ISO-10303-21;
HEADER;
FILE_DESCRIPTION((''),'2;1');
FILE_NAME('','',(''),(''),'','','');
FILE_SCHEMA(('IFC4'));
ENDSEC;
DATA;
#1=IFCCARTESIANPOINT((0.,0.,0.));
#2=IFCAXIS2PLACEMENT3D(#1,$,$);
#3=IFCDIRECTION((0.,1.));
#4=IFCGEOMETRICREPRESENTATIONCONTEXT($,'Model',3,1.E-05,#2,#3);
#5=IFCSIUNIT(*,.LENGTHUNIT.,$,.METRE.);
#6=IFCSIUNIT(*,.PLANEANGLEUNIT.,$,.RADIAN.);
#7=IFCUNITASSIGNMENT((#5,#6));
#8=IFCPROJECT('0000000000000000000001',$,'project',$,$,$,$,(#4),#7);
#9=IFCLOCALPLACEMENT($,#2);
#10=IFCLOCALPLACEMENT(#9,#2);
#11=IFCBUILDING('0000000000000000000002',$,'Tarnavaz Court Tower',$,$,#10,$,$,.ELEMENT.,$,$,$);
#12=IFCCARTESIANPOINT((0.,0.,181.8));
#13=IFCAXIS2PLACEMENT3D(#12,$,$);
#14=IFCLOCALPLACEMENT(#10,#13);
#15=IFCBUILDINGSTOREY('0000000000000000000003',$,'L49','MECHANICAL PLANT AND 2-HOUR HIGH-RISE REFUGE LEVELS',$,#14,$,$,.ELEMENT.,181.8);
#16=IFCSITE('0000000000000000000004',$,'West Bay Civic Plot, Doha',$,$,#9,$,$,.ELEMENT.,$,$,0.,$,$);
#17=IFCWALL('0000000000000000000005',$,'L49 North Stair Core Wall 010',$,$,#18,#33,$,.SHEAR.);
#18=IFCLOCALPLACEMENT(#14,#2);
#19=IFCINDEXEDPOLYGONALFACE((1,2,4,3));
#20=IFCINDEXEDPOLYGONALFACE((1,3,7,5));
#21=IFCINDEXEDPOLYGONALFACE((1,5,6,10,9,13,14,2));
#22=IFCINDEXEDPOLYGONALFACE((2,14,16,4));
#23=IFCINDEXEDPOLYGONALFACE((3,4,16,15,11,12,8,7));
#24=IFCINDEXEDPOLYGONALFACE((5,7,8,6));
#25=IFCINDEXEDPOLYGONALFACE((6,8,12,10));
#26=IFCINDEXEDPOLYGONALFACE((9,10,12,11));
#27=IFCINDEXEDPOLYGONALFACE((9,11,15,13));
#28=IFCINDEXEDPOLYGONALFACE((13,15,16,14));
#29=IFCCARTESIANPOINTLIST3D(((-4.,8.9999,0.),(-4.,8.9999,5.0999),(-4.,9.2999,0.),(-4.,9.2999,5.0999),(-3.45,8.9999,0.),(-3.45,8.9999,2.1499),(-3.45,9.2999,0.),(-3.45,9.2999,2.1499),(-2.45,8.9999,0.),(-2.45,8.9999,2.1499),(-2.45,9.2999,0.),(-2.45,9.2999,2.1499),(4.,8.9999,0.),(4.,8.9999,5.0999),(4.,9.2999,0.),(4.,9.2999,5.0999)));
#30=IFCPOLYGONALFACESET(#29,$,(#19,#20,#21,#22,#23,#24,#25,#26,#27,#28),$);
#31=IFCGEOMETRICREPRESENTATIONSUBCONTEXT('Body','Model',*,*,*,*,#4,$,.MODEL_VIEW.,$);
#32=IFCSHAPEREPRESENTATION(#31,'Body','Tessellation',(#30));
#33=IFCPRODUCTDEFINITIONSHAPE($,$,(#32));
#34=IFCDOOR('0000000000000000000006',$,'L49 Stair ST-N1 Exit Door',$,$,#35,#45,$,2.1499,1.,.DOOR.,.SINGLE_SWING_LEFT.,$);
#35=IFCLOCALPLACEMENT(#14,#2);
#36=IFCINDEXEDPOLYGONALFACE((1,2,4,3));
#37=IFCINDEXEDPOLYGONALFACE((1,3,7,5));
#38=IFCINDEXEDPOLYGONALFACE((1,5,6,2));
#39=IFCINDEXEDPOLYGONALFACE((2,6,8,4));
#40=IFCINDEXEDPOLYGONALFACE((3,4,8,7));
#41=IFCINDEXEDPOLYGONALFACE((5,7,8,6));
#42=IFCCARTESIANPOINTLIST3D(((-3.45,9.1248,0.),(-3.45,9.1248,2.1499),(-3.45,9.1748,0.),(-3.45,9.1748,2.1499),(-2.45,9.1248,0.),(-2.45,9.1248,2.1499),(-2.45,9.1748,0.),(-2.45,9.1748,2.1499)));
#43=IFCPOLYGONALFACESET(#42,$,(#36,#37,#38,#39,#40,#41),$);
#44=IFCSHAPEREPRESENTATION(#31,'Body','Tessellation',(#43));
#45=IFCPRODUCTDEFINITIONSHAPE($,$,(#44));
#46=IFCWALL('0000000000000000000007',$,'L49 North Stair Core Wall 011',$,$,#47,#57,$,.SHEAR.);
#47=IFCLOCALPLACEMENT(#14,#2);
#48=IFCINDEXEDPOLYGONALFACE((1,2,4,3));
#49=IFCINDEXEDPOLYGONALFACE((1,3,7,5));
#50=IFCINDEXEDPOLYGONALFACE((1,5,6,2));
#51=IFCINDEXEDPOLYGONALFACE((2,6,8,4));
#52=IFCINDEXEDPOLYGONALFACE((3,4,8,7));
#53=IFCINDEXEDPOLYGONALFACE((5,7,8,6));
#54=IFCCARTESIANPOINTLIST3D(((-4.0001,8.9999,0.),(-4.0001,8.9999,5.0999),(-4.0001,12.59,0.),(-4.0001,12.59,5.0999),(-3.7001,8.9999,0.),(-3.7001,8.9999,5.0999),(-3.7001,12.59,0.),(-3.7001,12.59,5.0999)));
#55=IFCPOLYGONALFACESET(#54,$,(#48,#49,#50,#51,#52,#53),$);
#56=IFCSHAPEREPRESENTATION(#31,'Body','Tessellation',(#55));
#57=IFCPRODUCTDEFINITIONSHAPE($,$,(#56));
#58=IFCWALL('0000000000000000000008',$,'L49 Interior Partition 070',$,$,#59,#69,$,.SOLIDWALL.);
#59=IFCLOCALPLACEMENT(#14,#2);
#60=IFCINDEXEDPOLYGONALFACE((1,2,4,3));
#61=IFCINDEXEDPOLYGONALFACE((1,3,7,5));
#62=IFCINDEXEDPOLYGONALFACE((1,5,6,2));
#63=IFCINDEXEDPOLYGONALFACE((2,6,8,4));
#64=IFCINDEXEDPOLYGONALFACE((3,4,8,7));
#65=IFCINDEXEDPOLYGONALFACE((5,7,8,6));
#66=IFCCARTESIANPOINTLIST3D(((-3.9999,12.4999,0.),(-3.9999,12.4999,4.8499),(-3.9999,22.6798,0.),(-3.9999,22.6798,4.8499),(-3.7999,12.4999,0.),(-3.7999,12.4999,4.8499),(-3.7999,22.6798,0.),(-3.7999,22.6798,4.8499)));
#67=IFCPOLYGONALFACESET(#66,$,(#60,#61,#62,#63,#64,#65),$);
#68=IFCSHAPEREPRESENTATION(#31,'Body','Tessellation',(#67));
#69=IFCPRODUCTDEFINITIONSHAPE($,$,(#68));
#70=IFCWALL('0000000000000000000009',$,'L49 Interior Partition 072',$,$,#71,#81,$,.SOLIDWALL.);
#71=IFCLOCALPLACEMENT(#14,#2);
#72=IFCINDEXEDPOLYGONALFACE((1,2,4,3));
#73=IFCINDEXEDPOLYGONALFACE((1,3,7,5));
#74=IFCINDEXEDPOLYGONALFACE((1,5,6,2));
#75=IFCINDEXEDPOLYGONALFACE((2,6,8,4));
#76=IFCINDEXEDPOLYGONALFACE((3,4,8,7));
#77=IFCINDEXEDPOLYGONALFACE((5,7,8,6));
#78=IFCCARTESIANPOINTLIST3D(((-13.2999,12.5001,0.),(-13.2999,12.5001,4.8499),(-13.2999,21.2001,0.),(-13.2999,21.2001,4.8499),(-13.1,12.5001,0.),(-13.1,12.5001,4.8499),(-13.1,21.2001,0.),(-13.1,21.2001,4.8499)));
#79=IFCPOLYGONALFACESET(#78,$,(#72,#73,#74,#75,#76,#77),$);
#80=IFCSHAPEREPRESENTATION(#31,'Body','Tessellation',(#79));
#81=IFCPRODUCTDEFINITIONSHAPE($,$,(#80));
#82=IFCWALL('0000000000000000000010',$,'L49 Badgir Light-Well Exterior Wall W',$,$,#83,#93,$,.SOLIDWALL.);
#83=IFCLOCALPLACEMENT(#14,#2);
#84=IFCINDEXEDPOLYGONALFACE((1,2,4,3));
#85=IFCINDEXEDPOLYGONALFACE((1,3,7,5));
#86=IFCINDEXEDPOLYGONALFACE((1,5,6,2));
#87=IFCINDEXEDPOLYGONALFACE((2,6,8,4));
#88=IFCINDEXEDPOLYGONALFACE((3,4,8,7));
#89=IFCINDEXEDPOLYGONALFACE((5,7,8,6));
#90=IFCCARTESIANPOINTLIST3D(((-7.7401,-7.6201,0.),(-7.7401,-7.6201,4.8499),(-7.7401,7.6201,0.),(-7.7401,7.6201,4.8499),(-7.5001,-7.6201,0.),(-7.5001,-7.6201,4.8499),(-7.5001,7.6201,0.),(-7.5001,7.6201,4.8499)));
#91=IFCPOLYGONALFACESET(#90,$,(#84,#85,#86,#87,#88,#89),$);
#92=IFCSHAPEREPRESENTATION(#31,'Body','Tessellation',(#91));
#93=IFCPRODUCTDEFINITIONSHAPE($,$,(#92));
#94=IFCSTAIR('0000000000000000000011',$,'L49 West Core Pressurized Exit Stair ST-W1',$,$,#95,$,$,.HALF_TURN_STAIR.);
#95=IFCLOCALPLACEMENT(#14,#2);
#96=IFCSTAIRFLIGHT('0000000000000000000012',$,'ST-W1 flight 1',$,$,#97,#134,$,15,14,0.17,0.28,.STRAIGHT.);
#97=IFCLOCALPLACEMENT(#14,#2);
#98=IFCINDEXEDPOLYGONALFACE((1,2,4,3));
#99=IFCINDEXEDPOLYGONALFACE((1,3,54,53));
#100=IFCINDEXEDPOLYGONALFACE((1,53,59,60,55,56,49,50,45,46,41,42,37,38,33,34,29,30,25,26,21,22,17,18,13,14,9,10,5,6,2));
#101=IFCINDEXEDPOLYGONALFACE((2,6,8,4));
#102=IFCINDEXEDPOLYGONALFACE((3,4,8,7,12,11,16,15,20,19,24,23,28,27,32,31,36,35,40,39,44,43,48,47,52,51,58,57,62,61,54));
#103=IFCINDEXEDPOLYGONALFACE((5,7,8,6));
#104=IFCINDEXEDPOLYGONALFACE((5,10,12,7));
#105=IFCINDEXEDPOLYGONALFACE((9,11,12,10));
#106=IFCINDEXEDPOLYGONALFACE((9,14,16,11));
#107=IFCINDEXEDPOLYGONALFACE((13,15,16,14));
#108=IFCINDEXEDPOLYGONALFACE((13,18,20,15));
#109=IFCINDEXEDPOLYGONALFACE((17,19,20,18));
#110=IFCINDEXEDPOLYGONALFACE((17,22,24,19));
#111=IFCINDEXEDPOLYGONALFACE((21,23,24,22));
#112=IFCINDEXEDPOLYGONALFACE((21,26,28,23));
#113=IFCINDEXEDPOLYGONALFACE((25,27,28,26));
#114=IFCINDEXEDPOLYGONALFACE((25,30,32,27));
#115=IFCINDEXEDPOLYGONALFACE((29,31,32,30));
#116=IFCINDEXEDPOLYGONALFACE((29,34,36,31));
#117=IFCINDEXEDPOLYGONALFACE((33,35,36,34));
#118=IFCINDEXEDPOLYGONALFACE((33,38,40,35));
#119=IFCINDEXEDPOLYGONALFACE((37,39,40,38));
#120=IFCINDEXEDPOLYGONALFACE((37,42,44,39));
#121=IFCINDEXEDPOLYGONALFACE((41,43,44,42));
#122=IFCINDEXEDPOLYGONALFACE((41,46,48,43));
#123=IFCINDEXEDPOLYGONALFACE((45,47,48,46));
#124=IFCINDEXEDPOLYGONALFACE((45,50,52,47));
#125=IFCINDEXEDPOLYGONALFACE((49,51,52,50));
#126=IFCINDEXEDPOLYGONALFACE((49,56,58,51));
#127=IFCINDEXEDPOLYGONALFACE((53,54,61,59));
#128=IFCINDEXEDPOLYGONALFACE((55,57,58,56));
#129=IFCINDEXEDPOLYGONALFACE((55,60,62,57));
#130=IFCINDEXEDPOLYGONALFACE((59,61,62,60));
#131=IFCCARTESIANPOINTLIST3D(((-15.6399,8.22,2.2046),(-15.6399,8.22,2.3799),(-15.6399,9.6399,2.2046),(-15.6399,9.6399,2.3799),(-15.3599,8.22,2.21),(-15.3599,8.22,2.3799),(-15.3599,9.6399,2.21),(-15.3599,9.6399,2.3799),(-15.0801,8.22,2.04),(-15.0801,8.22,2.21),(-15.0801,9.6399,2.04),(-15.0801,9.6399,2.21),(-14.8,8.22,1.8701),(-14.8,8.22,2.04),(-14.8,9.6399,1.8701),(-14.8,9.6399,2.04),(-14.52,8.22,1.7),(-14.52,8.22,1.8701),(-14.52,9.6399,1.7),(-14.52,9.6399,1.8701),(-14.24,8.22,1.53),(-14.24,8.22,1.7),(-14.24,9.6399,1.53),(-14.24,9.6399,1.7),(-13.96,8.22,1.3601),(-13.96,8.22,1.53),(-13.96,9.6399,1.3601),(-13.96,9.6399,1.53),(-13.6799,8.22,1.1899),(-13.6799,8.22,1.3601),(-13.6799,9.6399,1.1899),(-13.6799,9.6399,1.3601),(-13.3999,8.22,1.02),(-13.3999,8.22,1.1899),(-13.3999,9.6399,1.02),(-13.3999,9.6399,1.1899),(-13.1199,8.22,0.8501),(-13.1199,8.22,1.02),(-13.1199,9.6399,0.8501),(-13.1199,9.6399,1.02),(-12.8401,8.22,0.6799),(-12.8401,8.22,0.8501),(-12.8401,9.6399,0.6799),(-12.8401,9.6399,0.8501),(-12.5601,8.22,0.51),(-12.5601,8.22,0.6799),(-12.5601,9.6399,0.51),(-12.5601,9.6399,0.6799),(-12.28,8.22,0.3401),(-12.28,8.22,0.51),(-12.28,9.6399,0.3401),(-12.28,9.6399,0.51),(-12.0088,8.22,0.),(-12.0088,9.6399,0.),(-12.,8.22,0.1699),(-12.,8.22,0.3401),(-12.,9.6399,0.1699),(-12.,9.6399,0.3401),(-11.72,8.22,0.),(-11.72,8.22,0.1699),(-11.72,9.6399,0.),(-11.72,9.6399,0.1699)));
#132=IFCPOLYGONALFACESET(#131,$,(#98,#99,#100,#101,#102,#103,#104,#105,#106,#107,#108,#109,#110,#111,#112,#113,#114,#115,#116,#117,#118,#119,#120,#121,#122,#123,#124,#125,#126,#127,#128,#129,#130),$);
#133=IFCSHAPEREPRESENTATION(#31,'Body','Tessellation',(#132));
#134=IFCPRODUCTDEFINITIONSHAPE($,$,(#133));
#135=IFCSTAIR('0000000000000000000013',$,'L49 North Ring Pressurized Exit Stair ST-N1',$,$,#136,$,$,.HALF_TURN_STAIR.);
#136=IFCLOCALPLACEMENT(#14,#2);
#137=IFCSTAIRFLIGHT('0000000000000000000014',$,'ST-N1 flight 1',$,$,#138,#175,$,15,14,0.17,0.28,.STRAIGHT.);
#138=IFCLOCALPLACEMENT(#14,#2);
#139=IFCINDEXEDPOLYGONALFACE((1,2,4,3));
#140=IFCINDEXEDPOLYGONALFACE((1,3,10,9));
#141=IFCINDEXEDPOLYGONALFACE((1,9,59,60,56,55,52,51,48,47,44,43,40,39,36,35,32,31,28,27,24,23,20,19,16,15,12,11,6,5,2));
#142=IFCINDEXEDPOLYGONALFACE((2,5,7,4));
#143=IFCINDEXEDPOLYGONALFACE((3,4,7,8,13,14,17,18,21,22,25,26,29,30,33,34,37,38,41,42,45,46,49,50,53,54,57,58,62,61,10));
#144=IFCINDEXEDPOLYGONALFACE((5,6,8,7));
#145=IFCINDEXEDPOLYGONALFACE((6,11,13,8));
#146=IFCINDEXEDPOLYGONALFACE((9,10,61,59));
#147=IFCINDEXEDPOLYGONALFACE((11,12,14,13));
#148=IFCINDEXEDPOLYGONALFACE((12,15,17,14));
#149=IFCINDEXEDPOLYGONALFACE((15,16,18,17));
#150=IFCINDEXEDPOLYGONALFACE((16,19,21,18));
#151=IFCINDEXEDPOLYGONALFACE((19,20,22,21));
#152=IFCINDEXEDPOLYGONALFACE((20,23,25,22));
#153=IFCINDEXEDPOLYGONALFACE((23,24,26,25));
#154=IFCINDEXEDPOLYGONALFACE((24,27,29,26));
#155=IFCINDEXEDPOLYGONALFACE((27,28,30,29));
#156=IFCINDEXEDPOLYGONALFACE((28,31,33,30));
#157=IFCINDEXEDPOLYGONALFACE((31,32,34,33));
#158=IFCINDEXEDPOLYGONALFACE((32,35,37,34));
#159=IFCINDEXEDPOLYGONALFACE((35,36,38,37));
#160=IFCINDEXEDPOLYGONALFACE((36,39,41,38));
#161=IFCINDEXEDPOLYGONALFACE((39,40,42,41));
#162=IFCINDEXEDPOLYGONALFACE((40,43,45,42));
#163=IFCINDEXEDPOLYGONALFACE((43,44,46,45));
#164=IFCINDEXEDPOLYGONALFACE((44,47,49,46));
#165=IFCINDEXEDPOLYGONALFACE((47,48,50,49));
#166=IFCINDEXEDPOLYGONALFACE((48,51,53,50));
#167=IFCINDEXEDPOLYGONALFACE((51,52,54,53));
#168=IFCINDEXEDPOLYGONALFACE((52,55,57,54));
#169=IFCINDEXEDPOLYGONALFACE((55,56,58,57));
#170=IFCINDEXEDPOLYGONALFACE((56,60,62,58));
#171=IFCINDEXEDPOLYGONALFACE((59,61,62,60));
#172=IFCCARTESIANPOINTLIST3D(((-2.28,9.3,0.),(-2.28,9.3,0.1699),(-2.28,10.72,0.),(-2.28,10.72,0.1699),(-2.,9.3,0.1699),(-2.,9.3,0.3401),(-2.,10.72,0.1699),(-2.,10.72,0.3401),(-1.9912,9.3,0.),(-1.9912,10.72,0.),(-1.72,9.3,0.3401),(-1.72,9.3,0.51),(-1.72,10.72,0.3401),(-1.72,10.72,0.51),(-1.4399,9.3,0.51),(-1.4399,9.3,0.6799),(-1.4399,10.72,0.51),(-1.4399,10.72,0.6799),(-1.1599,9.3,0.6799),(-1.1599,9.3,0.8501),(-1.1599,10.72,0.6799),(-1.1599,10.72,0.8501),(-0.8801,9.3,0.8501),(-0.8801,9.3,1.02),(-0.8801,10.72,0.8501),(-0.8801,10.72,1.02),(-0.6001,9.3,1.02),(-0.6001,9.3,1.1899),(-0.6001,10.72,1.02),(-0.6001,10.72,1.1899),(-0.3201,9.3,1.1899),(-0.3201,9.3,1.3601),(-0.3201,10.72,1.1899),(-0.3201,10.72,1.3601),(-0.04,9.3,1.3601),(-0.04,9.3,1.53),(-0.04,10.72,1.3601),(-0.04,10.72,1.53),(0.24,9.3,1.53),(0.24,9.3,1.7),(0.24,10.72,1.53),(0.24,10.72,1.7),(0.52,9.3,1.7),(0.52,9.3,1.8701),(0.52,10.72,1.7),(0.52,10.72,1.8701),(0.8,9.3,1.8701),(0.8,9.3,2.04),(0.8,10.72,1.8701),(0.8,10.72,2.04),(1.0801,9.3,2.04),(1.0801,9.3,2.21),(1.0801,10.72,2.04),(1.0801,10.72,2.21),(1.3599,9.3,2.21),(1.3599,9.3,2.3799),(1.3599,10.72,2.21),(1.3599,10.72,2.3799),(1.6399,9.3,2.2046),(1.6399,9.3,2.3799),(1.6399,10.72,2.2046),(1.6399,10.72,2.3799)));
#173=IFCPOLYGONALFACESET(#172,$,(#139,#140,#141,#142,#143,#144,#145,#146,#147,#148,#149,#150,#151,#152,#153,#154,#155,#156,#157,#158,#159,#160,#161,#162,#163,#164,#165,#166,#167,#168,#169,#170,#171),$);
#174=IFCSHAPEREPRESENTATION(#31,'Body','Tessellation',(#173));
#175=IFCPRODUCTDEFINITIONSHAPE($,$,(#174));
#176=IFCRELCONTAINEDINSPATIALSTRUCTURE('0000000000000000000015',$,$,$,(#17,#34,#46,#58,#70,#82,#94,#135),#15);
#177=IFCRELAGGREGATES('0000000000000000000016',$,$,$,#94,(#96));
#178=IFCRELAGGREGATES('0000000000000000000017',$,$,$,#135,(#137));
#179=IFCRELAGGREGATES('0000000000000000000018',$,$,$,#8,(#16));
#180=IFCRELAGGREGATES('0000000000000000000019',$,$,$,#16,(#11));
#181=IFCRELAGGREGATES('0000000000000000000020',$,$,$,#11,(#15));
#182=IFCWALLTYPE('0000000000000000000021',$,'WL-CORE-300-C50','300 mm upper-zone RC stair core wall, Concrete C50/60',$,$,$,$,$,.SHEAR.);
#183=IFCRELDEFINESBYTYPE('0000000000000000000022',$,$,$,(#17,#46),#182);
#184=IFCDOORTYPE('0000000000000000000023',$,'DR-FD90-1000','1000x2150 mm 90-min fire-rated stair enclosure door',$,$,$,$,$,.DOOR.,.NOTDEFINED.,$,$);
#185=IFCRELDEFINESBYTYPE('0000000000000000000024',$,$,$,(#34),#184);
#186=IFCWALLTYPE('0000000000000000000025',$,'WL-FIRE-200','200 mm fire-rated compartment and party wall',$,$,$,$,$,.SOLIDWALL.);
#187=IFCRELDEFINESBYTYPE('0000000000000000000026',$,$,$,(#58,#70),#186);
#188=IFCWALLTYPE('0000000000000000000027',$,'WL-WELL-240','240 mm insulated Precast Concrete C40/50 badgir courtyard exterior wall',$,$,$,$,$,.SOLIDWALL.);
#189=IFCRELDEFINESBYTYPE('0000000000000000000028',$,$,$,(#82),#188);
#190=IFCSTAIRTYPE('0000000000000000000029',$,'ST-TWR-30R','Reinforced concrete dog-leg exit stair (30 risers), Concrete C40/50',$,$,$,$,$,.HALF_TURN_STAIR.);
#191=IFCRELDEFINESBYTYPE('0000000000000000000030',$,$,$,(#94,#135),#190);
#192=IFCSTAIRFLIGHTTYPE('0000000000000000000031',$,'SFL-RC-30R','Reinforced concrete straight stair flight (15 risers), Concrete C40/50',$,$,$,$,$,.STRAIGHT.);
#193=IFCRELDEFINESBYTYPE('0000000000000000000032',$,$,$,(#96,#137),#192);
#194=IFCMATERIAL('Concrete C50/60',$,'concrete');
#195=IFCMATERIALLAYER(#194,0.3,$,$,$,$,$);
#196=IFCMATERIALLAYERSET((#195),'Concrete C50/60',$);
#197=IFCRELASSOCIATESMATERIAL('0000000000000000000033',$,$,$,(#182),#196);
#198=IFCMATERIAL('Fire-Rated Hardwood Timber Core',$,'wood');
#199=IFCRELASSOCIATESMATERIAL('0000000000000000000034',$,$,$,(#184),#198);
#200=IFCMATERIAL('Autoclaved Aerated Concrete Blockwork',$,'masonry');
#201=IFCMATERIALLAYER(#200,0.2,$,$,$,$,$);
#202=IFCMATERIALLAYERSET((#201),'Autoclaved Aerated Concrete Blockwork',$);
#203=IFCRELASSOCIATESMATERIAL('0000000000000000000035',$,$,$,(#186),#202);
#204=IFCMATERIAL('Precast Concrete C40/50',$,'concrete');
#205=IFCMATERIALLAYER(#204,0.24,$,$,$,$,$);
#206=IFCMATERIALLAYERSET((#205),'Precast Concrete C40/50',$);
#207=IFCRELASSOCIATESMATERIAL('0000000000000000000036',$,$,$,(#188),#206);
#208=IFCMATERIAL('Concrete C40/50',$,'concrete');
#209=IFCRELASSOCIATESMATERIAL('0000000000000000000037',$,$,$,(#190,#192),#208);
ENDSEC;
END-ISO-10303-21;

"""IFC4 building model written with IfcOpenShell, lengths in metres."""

from ifc_helpers import new_model, si_unit, direction, frame, frame_2d, origin, place, context, subcontext, project, spatial, polyline, rectangle, outline, extrude, material, layer, layer_set, type_object, element, fill, aggregate, save


model = new_model("IFC4")

# Units and contexts
model_context = context("Model", 3, precision=1e-05, world=origin(), true_north=direction((0.0, 1.0)))
body_context = subcontext(model_context, "Body", "Model", "MODEL_VIEW")
ifc_project = project(units=[si_unit("LENGTHUNIT", "METRE"), si_unit("PLANEANGLEUNIT", "RADIAN")], contexts=[model_context])

# Site, building, storey
site_placement = place(None, origin())
site = spatial("IfcSite", under=ifc_project, at=site_placement, Name="West Bay Civic Plot, Doha", CompositionType="ELEMENT", RefElevation=0.0)
building_placement = place(site_placement, origin())
building = spatial("IfcBuilding", under=site, at=building_placement, Name="Tarnavaz Court Tower", CompositionType="ELEMENT")
storey_placement = place(building_placement, frame((0.0, 0.0, 181.8)))
storey = spatial("IfcBuildingStorey", under=building, at=storey_placement, Name="L49", Description="MECHANICAL PLANT AND 2-HOUR HIGH-RISE REFUGE LEVELS", CompositionType="ELEMENT", Elevation=181.8)

# Shared definitions
ifc_material_1 = material(Name="Concrete C50/60", Category="concrete")

# Shared definitions
ifc_layer_1 = layer(ifc_material_1, 0.3)
ifc_layer_set_1 = layer_set([ifc_layer_1], Name="Concrete C50/60")
wall_type_1 = type_object("IfcWallType", Name="WL-CORE-300-C50", Description="300 mm upper-zone RC stair core wall, Concrete C50/60", PredefinedType="SHEAR", material=ifc_layer_set_1)

# Wall, opening, door
wall_1_placement = place(storey_placement, frame((-4.0, 9.1499, 0.0), z_axis=(0.0, 0.0, 1.0), x_axis=(1.0, 0.0, 0.0)))
wall_1 = element("IfcWall", 1, at=wall_1_placement, inside=storey, type_object=wall_type_1, Name="L49 North Stair Core Wall 010", PredefinedType="SHEAR", context=body_context, shape_type="SweptSolid", body=[
    extrude(rectangle(XDim=8.0, YDim=0.3, at=frame_2d((4.0, 0.0))), origin(), (0.0, 0.0, 1.0), 5.0999),
])
opening_1_placement = place(wall_1_placement, frame((0.55, 0.0, 0.0)))
opening_1 = element("IfcOpeningElement", 2, at=opening_1_placement, cuts=wall_1, PredefinedType="OPENING", context=body_context, shape_type="SweptSolid", body=[
    extrude(rectangle(XDim=1.0, YDim=2.1499, at=frame_2d((0.5, 1.075))), frame((0.0, 0.1599, 0.0), z_axis=(0.0, -1.0, 0.0), x_axis=(1.0, 0.0, 0.0)), (0.0, 0.0, 1.0), 0.3201),
])
ifc_material_2 = material(Name="Fire-Rated Hardwood Timber Core", Category="wood")
door_type_1 = type_object("IfcDoorType", Name="DR-FD90-1000", Description="1000x2150 mm 90-min fire-rated stair enclosure door", OperationType="NOTDEFINED", PredefinedType="DOOR", material=ifc_material_2)
door_1_placement = place(opening_1_placement, origin())
door_1 = element("IfcDoor", 3, at=door_1_placement, inside=storey, type_object=door_type_1, Name="L49 Stair ST-N1 Exit Door", OperationType="SINGLE_SWING_LEFT", OverallHeight=2.1499, OverallWidth=1.0, PredefinedType="DOOR", context=body_context, shape_type="SweptSolid", body=[
    extrude(rectangle(XDim=1.0, YDim=2.1499, at=frame_2d((0.5, 1.075))), frame((0.0, 0.0249, 0.0), z_axis=(0.0, -1.0, 0.0), x_axis=(1.0, 0.0, 0.0)), (0.0, 0.0, 1.0), 0.05),
])
fill(opening_1, door_1)

# Wall
wall_2_placement = place(storey_placement, frame((-3.8501, 9.0, 0.0), z_axis=(0.0, 0.0, 1.0), x_axis=(0.0, 1.0, 0.0)))
element("IfcWall", 4, at=wall_2_placement, inside=storey, type_object=wall_type_1, Name="L49 North Stair Core Wall 011", PredefinedType="SHEAR", context=body_context, shape_type="SweptSolid", body=[
    extrude(rectangle(XDim=3.5901, YDim=0.3, at=frame_2d((1.7949, 0.0))), origin(), (0.0, 0.0, 1.0), 5.0999),
])

# Shared definitions
ifc_material_3 = material(Name="Autoclaved Aerated Concrete Blockwork", Category="masonry")
ifc_layer_2 = layer(ifc_material_3, 0.2)
ifc_layer_set_2 = layer_set([ifc_layer_2], Name="Autoclaved Aerated Concrete Blockwork")
wall_type_2 = type_object("IfcWallType", Name="WL-FIRE-200", Description="200 mm fire-rated compartment and party wall", PredefinedType="SOLIDWALL", material=ifc_layer_set_2)

# Walls
wall_3_placement = place(storey_placement, frame((-3.8999, 12.5, 0.0), z_axis=(0.0, 0.0, 1.0), x_axis=(0.0, 1.0, 0.0)))
element("IfcWall", 5, at=wall_3_placement, inside=storey, type_object=wall_type_2, Name="L49 Interior Partition 070", PredefinedType="SOLIDWALL", context=body_context, shape_type="SweptSolid", body=[
    extrude(rectangle(XDim=10.1799, YDim=0.2, at=frame_2d((5.0898, 0.0))), origin(), (0.0, 0.0, 1.0), 4.8499),
])
wall_4_placement = place(storey_placement, frame((-13.2, 12.5, 0.0), z_axis=(0.0, 0.0, 1.0), x_axis=(0.0, 1.0, 0.0)))
element("IfcWall", 6, at=wall_4_placement, inside=storey, type_object=wall_type_2, Name="L49 Interior Partition 072", PredefinedType="SOLIDWALL", context=body_context, shape_type="SweptSolid", body=[
    extrude(rectangle(XDim=8.7, YDim=0.2, at=frame_2d((4.3501, 0.0))), origin(), (0.0, 0.0, 1.0), 4.8499),
])
ifc_material_4 = material(Name="Precast Concrete C40/50", Category="concrete")
ifc_layer_3 = layer(ifc_material_4, 0.24)
ifc_layer_set_3 = layer_set([ifc_layer_3], Name="Precast Concrete C40/50")
wall_type_3 = type_object("IfcWallType", Name="WL-WELL-240", Description="240 mm insulated Precast Concrete C40/50 badgir courtyard exterior wall", PredefinedType="SOLIDWALL", material=ifc_layer_set_3)
wall_5_placement = place(storey_placement, frame((-7.6201, 7.6201, 0.0), z_axis=(0.0, 0.0, 1.0), x_axis=(0.0, -1.0, 0.0)))
element("IfcWall", 7, at=wall_5_placement, inside=storey, type_object=wall_type_3, Name="L49 Badgir Light-Well Exterior Wall W", PredefinedType="SOLIDWALL", context=body_context, shape_type="SweptSolid", body=[
    extrude(rectangle(XDim=15.2402, YDim=0.24, at=frame_2d((7.6201, 0.0))), origin(), (0.0, 0.0, 1.0), 4.8499),
])

# Stairs, stair flights
ifc_material_5 = material(Name="Concrete C40/50", Category="concrete")
stair_type = type_object("IfcStairType", Name="ST-TWR-30R", Description="Reinforced concrete dog-leg exit stair (30 risers), Concrete C40/50", PredefinedType="HALF_TURN_STAIR", material=ifc_material_5)
stair_1_placement = place(storey_placement, origin())
stair_1 = element("IfcStair", 8, at=stair_1_placement, inside=storey, type_object=stair_type, Name="L49 West Core Pressurized Exit Stair ST-W1", PredefinedType="HALF_TURN_STAIR")
stair_flight_type = type_object("IfcStairFlightType", Name="SFL-RC-30R", Description="Reinforced concrete straight stair flight (15 risers), Concrete C40/50", PredefinedType="STRAIGHT", material=ifc_material_5)
stair_flight_1_placement = place(storey_placement, frame((-11.72, 8.9299, 0.0), z_axis=(0.0, 0.0, 1.0), x_axis=(-1.0, 0.0, 0.0)))
stair_flight_1 = element("IfcStairFlight", 9, at=stair_flight_1_placement, type_object=stair_flight_type, Name="ST-W1 flight 1", NumberOfRisers=15, NumberOfTreads=14, PredefinedType="STRAIGHT", RiserHeight=0.17, TreadLength=0.28, context=body_context, shape_type="SweptSolid", body=[
    extrude(outline(polyline([(0.0, 0.0), (0.0, 0.1699), (0.28, 0.1699), (0.28, 0.3401), (0.5601, 0.3401), (0.5601, 0.51), (0.8401, 0.51), (0.8401, 0.6799), (1.1201, 0.6799), (1.1201, 0.8501), (1.3999, 0.8501), (1.3999, 1.02), (1.6799, 1.02), (1.6799, 1.1899), (1.96, 1.1899), (1.96, 1.3601), (2.24, 1.3601), (2.24, 1.53), (2.52, 1.53), (2.52, 1.7), (2.8, 1.7), (2.8, 1.8701), (3.0801, 1.8701), (3.0801, 2.04), (3.3601, 2.04), (3.3601, 2.21), (3.6399, 2.21), (3.6399, 2.3799), (3.9199, 2.3799), (3.9199, 2.55), (3.9199, 2.2046), (0.2888, 0.0), (0.0, 0.0)])), frame((0.0, 0.71, 0.0), z_axis=(0.0, -1.0, 0.0), x_axis=(1.0, 0.0, 0.0)), (0.0, 0.0, 1.0), 1.4199),
])
aggregate(stair_1, [stair_flight_1])
stair_2_placement = place(storey_placement, origin())
stair_2 = element("IfcStair", 10, at=stair_2_placement, inside=storey, type_object=stair_type, Name="L49 North Ring Pressurized Exit Stair ST-N1", PredefinedType="HALF_TURN_STAIR")
stair_flight_2_placement = place(storey_placement, frame((-2.28, 10.01, 0.0), z_axis=(0.0, 0.0, 1.0), x_axis=(1.0, 0.0, 0.0)))
stair_flight_2 = element("IfcStairFlight", 11, at=stair_flight_2_placement, type_object=stair_flight_type, Name="ST-N1 flight 1", NumberOfRisers=15, NumberOfTreads=14, PredefinedType="STRAIGHT", RiserHeight=0.17, TreadLength=0.28, context=body_context, shape_type="SweptSolid", body=[
    extrude(outline(polyline([(0.0, 0.0), (0.0, 0.1699), (0.28, 0.1699), (0.28, 0.3401), (0.5601, 0.3401), (0.5601, 0.51), (0.8401, 0.51), (0.8401, 0.6799), (1.1201, 0.6799), (1.1201, 0.8501), (1.3999, 0.8501), (1.3999, 1.02), (1.6799, 1.02), (1.6799, 1.1899), (1.96, 1.1899), (1.96, 1.3601), (2.24, 1.3601), (2.24, 1.53), (2.52, 1.53), (2.52, 1.7), (2.8, 1.7), (2.8, 1.8701), (3.0801, 1.8701), (3.0801, 2.04), (3.3601, 2.04), (3.3601, 2.21), (3.6399, 2.21), (3.6399, 2.3799), (3.9199, 2.3799), (3.9199, 2.55), (3.9199, 2.2046), (0.2888, 0.0), (0.0, 0.0)])), frame((0.0, 0.71, 0.0), z_axis=(0.0, -1.0, 0.0), x_axis=(1.0, 0.0, 0.0)), (0.0, 0.0, 1.0), 1.4199),
])
aggregate(stair_2, [stair_flight_2])

save(model, "model.ifc")
